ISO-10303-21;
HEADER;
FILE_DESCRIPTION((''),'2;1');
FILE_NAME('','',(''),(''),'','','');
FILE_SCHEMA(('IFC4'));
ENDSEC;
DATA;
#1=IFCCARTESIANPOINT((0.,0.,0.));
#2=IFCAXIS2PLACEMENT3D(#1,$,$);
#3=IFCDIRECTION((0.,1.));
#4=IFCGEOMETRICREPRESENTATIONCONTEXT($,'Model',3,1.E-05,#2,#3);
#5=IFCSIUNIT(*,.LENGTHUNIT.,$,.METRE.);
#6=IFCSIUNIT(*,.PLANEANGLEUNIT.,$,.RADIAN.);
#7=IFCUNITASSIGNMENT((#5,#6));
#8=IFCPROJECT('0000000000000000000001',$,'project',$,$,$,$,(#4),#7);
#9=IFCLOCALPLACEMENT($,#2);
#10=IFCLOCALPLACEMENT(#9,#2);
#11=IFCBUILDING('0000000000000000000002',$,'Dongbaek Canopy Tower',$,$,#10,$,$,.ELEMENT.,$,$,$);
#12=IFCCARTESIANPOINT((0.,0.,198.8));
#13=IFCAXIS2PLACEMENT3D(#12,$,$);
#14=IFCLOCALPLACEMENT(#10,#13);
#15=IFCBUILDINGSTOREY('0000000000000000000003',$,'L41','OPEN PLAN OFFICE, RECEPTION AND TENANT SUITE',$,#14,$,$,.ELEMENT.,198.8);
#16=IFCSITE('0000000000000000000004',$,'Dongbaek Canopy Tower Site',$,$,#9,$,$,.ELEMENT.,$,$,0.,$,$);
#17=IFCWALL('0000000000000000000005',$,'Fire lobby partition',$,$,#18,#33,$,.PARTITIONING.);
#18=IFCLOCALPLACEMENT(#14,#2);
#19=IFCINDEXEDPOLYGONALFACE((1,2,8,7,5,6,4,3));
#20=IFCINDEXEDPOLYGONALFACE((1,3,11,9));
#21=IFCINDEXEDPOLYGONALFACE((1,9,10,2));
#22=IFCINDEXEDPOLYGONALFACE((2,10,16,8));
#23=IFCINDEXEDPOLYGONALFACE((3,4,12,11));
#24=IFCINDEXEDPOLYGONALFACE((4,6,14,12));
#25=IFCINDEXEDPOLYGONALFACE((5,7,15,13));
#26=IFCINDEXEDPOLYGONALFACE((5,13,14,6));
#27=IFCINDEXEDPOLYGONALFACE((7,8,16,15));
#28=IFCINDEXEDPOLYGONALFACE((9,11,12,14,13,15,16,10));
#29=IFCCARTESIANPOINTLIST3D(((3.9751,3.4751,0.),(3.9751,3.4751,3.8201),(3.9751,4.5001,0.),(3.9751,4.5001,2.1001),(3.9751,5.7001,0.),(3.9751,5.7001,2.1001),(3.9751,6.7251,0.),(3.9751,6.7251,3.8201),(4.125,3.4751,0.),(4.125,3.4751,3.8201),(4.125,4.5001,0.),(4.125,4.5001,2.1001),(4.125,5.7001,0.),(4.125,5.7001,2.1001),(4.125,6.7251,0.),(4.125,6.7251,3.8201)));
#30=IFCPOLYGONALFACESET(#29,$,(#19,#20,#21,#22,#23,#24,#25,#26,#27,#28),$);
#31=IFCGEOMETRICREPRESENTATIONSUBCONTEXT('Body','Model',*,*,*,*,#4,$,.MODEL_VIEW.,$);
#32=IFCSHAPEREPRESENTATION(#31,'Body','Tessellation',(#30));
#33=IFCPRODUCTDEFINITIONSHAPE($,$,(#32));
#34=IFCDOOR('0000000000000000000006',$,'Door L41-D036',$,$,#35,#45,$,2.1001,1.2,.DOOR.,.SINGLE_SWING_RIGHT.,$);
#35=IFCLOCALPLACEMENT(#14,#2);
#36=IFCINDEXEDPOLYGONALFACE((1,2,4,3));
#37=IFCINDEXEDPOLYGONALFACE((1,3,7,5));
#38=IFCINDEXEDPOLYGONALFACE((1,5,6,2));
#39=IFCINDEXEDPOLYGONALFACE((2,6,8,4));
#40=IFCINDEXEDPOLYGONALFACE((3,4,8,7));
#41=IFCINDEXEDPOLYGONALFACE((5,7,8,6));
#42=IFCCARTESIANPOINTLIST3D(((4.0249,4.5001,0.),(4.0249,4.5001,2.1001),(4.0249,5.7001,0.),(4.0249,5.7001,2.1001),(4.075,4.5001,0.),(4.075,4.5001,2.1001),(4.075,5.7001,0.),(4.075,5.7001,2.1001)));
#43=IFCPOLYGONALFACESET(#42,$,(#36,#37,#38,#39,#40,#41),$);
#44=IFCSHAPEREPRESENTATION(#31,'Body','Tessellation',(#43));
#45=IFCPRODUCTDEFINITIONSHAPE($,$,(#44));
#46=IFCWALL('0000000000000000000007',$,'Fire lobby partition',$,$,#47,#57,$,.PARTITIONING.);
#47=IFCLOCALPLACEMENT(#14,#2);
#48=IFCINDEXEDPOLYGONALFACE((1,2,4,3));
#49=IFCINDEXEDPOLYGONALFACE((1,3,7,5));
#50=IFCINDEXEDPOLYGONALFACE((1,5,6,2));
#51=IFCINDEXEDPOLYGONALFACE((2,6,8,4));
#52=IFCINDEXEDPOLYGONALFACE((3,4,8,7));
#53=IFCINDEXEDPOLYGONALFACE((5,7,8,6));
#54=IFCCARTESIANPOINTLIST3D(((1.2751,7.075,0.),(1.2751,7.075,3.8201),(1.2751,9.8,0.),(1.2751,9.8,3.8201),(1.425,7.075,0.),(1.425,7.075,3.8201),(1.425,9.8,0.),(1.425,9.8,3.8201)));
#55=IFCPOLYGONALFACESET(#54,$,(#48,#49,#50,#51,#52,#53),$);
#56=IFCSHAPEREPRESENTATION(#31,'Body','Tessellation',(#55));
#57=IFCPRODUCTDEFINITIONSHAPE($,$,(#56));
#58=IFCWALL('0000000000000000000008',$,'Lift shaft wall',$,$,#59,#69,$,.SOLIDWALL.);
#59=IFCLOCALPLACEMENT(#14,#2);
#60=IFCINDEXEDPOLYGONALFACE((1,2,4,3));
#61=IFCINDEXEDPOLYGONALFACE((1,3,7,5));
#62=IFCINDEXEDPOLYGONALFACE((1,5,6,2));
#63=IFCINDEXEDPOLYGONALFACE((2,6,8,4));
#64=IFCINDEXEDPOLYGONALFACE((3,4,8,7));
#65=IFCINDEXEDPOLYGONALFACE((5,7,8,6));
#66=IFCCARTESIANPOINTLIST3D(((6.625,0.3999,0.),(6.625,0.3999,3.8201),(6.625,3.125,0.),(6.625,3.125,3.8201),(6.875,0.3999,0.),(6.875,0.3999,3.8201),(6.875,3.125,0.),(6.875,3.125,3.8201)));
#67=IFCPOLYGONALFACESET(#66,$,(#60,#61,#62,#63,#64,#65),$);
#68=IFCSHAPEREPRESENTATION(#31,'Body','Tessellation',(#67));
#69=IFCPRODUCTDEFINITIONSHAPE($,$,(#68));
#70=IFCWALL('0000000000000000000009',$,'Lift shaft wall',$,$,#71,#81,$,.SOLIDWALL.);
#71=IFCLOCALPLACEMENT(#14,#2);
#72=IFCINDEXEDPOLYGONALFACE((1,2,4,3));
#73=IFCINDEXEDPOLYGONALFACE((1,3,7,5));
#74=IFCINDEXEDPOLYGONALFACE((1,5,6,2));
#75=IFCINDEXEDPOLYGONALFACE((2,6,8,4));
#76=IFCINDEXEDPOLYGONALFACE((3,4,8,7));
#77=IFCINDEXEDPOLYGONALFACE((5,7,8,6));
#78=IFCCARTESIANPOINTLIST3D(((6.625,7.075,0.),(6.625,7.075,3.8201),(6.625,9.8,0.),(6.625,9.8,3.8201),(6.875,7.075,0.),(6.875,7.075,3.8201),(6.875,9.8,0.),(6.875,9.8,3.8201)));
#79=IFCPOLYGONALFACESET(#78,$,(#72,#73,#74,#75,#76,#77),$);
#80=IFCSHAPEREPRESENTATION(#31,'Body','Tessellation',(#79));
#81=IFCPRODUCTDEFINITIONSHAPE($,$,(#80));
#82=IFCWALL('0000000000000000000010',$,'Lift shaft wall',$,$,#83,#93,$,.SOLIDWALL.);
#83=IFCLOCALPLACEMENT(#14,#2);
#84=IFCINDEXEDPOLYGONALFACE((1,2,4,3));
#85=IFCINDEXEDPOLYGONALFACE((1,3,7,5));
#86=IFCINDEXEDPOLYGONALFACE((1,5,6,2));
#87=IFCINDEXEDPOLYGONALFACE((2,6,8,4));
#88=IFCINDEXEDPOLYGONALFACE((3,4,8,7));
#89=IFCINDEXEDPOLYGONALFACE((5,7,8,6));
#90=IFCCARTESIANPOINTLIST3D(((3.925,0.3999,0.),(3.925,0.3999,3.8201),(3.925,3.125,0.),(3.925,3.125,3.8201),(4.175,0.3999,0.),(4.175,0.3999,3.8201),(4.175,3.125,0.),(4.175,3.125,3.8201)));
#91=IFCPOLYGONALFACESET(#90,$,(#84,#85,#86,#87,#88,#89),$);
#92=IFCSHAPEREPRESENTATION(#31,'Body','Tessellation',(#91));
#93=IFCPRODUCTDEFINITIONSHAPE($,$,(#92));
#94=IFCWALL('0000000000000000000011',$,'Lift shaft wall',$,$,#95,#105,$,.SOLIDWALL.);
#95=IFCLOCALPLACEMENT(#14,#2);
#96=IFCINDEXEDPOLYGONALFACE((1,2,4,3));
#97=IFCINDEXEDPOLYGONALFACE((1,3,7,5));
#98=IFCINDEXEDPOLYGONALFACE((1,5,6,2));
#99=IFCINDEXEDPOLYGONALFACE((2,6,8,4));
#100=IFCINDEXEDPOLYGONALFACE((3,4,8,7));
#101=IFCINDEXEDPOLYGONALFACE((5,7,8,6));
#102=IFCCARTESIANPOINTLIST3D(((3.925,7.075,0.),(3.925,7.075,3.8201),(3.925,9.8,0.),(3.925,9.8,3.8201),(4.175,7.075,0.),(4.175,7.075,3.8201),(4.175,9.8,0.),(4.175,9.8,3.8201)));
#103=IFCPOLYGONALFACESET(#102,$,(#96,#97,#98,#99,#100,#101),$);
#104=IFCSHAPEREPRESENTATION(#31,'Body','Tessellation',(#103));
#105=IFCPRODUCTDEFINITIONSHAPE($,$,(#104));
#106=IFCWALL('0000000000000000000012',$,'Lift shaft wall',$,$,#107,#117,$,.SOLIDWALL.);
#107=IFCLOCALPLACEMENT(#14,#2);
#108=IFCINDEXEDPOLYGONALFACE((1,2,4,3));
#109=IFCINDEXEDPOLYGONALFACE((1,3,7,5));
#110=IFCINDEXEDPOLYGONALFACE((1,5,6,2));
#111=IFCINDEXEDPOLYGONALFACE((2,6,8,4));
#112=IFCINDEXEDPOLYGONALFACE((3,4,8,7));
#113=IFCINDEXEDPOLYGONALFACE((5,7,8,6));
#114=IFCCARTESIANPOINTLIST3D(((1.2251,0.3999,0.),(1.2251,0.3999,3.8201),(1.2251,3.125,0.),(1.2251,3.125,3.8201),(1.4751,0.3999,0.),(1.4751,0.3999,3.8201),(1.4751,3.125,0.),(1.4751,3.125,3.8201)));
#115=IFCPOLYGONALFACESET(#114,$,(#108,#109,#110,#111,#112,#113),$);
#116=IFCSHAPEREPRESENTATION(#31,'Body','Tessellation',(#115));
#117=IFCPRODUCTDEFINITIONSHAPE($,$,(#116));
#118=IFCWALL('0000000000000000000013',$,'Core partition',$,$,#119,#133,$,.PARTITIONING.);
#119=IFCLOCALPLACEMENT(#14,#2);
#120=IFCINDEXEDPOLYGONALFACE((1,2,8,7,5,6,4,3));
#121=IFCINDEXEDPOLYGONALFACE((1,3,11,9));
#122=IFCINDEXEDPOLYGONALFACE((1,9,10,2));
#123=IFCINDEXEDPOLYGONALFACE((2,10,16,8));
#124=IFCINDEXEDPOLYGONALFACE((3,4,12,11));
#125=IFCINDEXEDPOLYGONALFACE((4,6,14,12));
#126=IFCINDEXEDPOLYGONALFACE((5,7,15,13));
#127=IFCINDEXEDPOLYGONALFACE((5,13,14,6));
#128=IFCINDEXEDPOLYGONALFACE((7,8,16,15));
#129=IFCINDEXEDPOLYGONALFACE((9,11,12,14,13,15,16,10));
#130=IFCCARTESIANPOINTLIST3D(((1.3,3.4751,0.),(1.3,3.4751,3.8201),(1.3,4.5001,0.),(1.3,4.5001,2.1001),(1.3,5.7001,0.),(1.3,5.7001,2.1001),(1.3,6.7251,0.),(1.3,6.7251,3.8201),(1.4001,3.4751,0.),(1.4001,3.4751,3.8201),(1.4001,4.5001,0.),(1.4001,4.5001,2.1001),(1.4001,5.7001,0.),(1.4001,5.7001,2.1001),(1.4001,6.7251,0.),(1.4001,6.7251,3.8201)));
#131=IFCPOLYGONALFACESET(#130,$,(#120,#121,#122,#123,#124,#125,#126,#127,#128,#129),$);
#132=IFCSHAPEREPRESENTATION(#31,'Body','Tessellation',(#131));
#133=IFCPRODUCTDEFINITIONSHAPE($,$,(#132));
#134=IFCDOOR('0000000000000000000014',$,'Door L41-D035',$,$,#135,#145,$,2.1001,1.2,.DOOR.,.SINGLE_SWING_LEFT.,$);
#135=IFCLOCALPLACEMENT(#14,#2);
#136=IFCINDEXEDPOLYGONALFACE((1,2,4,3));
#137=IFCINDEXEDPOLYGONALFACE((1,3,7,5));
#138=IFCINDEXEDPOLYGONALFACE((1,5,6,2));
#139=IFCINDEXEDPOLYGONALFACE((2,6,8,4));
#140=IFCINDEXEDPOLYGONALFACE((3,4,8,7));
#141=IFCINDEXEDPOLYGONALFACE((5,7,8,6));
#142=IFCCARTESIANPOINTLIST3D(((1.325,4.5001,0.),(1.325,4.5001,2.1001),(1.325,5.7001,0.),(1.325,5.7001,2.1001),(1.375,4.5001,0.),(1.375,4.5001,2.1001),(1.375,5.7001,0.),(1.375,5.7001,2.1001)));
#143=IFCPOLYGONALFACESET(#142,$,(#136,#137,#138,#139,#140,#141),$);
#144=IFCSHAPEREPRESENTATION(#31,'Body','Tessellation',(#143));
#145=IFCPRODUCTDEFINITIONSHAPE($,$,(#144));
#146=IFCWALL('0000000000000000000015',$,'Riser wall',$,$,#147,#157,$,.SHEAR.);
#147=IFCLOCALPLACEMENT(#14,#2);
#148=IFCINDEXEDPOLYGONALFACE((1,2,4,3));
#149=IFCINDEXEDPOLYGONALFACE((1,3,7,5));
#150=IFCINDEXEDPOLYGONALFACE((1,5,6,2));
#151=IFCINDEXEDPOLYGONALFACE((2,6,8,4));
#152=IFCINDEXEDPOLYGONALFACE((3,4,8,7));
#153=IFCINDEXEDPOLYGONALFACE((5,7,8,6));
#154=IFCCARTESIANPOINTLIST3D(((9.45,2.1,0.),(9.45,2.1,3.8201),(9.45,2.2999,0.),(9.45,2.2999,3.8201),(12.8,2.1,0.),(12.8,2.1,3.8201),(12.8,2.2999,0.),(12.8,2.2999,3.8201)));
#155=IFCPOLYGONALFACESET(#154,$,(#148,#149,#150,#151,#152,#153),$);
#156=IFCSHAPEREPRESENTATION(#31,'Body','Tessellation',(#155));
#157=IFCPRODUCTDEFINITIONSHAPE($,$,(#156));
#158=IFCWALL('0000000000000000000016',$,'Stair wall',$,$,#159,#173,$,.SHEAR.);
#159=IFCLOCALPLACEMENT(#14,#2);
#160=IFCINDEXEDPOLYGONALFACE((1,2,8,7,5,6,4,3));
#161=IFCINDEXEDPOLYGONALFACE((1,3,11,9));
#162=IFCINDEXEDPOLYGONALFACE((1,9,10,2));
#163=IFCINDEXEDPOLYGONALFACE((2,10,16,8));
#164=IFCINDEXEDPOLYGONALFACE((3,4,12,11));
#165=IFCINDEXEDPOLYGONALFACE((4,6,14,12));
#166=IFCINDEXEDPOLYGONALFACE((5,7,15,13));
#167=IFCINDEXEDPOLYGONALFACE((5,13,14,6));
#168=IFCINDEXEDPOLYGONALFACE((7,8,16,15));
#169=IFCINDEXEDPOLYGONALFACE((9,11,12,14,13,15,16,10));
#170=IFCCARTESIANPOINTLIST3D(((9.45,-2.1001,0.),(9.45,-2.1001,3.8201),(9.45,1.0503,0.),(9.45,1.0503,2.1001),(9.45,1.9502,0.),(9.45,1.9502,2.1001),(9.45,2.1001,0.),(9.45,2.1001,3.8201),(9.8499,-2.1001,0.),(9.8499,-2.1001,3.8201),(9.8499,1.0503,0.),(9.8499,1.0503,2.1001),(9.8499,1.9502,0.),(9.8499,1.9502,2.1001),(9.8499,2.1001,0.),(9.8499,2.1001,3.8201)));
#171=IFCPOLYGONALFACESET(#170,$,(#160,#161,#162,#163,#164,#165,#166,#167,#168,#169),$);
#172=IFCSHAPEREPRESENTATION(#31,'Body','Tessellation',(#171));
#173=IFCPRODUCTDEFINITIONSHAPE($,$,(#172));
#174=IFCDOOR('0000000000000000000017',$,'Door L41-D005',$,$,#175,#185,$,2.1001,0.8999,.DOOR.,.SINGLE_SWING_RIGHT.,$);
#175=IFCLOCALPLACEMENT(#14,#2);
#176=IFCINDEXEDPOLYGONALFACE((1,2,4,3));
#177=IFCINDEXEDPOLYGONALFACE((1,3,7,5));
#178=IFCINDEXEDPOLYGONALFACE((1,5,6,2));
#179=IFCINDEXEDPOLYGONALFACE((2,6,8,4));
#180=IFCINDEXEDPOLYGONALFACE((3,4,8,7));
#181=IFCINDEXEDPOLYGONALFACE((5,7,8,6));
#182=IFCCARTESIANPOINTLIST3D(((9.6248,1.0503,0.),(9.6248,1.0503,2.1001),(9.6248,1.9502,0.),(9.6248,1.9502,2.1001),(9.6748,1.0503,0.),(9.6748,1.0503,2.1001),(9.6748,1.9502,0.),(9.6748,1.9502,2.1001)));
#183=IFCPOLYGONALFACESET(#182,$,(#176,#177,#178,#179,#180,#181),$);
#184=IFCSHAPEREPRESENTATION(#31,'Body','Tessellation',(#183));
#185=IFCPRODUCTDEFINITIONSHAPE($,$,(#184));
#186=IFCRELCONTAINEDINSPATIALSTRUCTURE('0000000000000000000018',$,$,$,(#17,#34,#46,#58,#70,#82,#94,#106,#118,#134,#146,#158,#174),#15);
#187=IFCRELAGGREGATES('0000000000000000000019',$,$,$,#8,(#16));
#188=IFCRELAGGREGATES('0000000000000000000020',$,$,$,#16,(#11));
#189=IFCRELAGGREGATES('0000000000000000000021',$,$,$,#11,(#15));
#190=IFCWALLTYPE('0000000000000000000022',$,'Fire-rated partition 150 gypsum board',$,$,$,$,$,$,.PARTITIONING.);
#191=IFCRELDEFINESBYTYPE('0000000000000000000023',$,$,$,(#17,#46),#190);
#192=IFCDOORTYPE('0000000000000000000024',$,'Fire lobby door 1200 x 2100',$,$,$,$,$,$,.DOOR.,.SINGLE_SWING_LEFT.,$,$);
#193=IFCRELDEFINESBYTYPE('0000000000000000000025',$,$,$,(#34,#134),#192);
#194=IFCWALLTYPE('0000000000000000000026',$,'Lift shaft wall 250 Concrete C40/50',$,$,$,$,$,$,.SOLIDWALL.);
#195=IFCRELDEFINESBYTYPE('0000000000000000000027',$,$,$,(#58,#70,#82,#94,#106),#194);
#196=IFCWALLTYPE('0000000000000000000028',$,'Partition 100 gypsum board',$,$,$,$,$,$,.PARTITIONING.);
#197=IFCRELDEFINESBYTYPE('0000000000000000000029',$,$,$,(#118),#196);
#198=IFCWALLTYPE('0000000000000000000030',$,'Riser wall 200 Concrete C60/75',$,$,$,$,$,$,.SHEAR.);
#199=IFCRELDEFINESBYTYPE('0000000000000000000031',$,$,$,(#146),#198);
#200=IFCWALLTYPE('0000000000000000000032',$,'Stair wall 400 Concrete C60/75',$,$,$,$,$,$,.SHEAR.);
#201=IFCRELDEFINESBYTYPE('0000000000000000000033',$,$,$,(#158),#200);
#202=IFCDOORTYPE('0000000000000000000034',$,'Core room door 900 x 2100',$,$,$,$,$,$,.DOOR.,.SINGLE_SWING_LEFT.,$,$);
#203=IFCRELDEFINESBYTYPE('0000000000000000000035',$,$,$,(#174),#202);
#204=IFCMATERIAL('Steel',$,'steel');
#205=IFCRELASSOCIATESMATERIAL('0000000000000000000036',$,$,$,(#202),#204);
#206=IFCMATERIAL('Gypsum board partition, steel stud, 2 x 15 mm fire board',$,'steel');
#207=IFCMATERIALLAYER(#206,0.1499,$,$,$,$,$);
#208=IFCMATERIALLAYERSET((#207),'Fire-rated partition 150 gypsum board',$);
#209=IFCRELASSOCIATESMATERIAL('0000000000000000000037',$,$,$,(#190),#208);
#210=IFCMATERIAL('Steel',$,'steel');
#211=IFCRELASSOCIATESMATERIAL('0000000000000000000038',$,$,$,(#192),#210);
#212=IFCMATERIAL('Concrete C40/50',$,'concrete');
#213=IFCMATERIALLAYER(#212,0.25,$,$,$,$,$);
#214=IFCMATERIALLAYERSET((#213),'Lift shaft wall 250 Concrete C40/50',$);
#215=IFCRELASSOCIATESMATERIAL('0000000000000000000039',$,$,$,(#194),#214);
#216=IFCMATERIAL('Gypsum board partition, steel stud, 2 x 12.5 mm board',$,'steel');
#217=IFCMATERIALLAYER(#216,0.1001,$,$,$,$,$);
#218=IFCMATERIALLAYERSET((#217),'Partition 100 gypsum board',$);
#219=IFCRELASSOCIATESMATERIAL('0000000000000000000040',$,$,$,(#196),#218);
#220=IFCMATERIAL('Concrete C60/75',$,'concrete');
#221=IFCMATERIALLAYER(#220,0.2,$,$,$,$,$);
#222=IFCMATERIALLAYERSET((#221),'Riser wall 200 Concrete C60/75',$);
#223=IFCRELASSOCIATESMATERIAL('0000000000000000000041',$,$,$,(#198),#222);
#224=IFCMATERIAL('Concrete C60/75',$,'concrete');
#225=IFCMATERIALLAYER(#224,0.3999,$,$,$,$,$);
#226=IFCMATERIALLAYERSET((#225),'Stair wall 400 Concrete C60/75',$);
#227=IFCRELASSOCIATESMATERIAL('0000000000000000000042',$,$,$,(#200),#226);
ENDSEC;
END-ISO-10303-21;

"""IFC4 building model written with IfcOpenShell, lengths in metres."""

from ifc_helpers import new_model, si_unit, direction, frame, frame_2d, origin, place, context, subcontext, project, spatial, rectangle, extrude, material, layer, layer_set, type_object, element, fill, save


model = new_model("IFC4")

# Units and contexts
model_context = context("Model", 3, precision=1e-05, world=origin(), true_north=direction((0.0, 1.0)))
body_context = subcontext(model_context, "Body", "Model", "MODEL_VIEW")
ifc_project = project(units=[si_unit("LENGTHUNIT", "METRE"), si_unit("PLANEANGLEUNIT", "RADIAN")], contexts=[model_context])

# Site, building, storey
site_placement = place(None, origin())
site = spatial("IfcSite", under=ifc_project, at=site_placement, Name="Dongbaek Canopy Tower Site", CompositionType="ELEMENT", RefElevation=0.0)
building_placement = place(site_placement, origin())
building = spatial("IfcBuilding", under=site, at=building_placement, Name="Dongbaek Canopy Tower", CompositionType="ELEMENT")
storey_placement = place(building_placement, frame((0.0, 0.0, 198.8)))
storey = spatial("IfcBuildingStorey", under=building, at=storey_placement, Name="L41", Description="OPEN PLAN OFFICE, RECEPTION AND TENANT SUITE", CompositionType="ELEMENT", Elevation=198.8)

# Shared definitions
ifc_material_1 = material(Name="Steel", Category="steel")
door_type_1 = type_object("IfcDoorType", Name="Core room door 900 x 2100", OperationType="SINGLE_SWING_LEFT", PredefinedType="DOOR", material=ifc_material_1)

# Wall, opening, door
ifc_material_2 = material(Name="Gypsum board partition, steel stud, 2 x 15 mm fire board", Category="steel")
ifc_layer_1 = layer(ifc_material_2, 0.1499)
ifc_layer_set_1 = layer_set([ifc_layer_1], Name="Fire-rated partition 150 gypsum board")
wall_type_1 = type_object("IfcWallType", Name="Fire-rated partition 150 gypsum board", PredefinedType="PARTITIONING", material=ifc_layer_set_1)
wall_1_placement = place(storey_placement, frame((4.05, 6.7251, 0.0), z_axis=(0.0, 0.0, 1.0), x_axis=(0.0, -1.0, 0.0)))
wall_1 = element("IfcWall", 1, at=wall_1_placement, inside=storey, type_object=wall_type_1, Name="Fire lobby partition", PredefinedType="PARTITIONING", context=body_context, shape_type="SweptSolid", body=[
    extrude(rectangle(XDim=3.25, YDim=0.1499, at=frame_2d((1.625, 0.0))), origin(), (0.0, 0.0, 1.0), 3.8201),
])
opening_1_placement = place(wall_1_placement, frame((1.0249, 0.0, 0.0)))
opening_1 = element("IfcOpeningElement", 2, at=opening_1_placement, cuts=wall_1, PredefinedType="OPENING", context=body_context, shape_type="SweptSolid", body=[
    extrude(rectangle(XDim=1.2, YDim=2.1001, at=frame_2d((0.6001, 1.05))), frame((0.0, 0.085, 0.0), z_axis=(0.0, -1.0, 0.0), x_axis=(1.0, 0.0, 0.0)), (0.0, 0.0, 1.0), 0.1699),
])
ifc_material_3 = material(Name="Steel", Category="steel")
door_type_2 = type_object("IfcDoorType", Name="Fire lobby door 1200 x 2100", OperationType="SINGLE_SWING_LEFT", PredefinedType="DOOR", material=ifc_material_3)
door_1_placement = place(opening_1_placement, origin())
door_1 = element("IfcDoor", 3, at=door_1_placement, inside=storey, type_object=door_type_2, Name="Door L41-D036", OperationType="SINGLE_SWING_RIGHT", OverallHeight=2.1001, OverallWidth=1.2, PredefinedType="DOOR", context=body_context, shape_type="SweptSolid", body=[
    extrude(rectangle(XDim=1.2, YDim=2.1001, at=frame_2d((0.6001, 1.05))), frame((0.0, 0.0249, 0.0), z_axis=(0.0, -1.0, 0.0), x_axis=(1.0, 0.0, 0.0)), (0.0, 0.0, 1.0), 0.05),
])
fill(opening_1, door_1)

# Walls
wall_2_placement = place(storey_placement, frame((1.3501, 7.075, 0.0), z_axis=(0.0, 0.0, 1.0), x_axis=(0.0, 1.0, 0.0)))
element("IfcWall", 4, at=wall_2_placement, inside=storey, type_object=wall_type_1, Name="Fire lobby partition", PredefinedType="PARTITIONING", context=body_context, shape_type="SweptSolid", body=[
    extrude(rectangle(XDim=2.7251, YDim=0.1499, at=frame_2d((1.3625, 0.0))), origin(), (0.0, 0.0, 1.0), 3.8201),
])
ifc_material_4 = material(Name="Concrete C40/50", Category="concrete")
ifc_layer_2 = layer(ifc_material_4, 0.25)
ifc_layer_set_2 = layer_set([ifc_layer_2], Name="Lift shaft wall 250 Concrete C40/50")
wall_type_2 = type_object("IfcWallType", Name="Lift shaft wall 250 Concrete C40/50", PredefinedType="SOLIDWALL", material=ifc_layer_set_2)
for number, where, z_axis, x_axis, name in (
    (5, (6.75, 0.3999, 0.0), (0.0, 0.0, 1.0), (0.0, 1.0, 0.0), "Lift shaft wall"),
    (6, (6.75, 7.075, 0.0), (0.0, 0.0, 1.0), (0.0, 1.0, 0.0), "Lift shaft wall"),
    (7, (4.05, 0.3999, 0.0), (0.0, 0.0, 1.0), (0.0, 1.0, 0.0), "Lift shaft wall"),
    (8, (4.05, 7.075, 0.0), (0.0, 0.0, 1.0), (0.0, 1.0, 0.0), "Lift shaft wall"),
    (9, (1.3501, 0.3999, 0.0), (0.0, 0.0, 1.0), (0.0, 1.0, 0.0), "Lift shaft wall"),
):
    element("IfcWall", number, at=place(storey_placement, frame(where, z_axis=z_axis, x_axis=x_axis)), inside=storey, type_object=wall_type_2, Name=name, PredefinedType="SOLIDWALL", context=body_context, shape_type="SweptSolid", body=[
        extrude(rectangle(XDim=2.7251, YDim=0.25, at=frame_2d((1.3625, 0.0))), origin(), (0.0, 0.0, 1.0), 3.8201),
    ])

# Wall, opening, door
ifc_material_5 = material(Name="Gypsum board partition, steel stud, 2 x 12.5 mm board", Category="steel")
ifc_layer_3 = layer(ifc_material_5, 0.1001)
ifc_layer_set_3 = layer_set([ifc_layer_3], Name="Partition 100 gypsum board")
wall_type_3 = type_object("IfcWallType", Name="Partition 100 gypsum board", PredefinedType="PARTITIONING", material=ifc_layer_set_3)
wall_3_placement = place(storey_placement, frame((1.3501, 6.7251, 0.0), z_axis=(0.0, 0.0, 1.0), x_axis=(0.0, -1.0, 0.0)))
wall_3 = element("IfcWall", 10, at=wall_3_placement, inside=storey, type_object=wall_type_3, Name="Core partition", PredefinedType="PARTITIONING", context=body_context, shape_type="SweptSolid", body=[
    extrude(rectangle(XDim=3.25, YDim=0.1001, at=frame_2d((1.625, 0.0))), origin(), (0.0, 0.0, 1.0), 3.8201),
])
opening_2_placement = place(wall_3_placement, frame((1.0249, 0.0, 0.0)))
opening_2 = element("IfcOpeningElement", 11, at=opening_2_placement, cuts=wall_3, PredefinedType="OPENING", context=body_context, shape_type="SweptSolid", body=[
    extrude(rectangle(XDim=1.2, YDim=2.1001, at=frame_2d((0.6001, 1.05))), frame((0.0, 0.0601, 0.0), z_axis=(0.0, -1.0, 0.0), x_axis=(1.0, 0.0, 0.0)), (0.0, 0.0, 1.0), 0.1201),
])
door_2_placement = place(opening_2_placement, origin())
door_2 = element("IfcDoor", 12, at=door_2_placement, inside=storey, type_object=door_type_2, Name="Door L41-D035", OperationType="SINGLE_SWING_LEFT", OverallHeight=2.1001, OverallWidth=1.2, PredefinedType="DOOR", context=body_context, shape_type="SweptSolid", body=[
    extrude(rectangle(XDim=1.2, YDim=2.1001, at=frame_2d((0.6001, 1.05))), frame((0.0, 0.0249, 0.0), z_axis=(0.0, -1.0, 0.0), x_axis=(1.0, 0.0, 0.0)), (0.0, 0.0, 1.0), 0.05),
])
fill(opening_2, door_2)

# Wall
ifc_material_6 = material(Name="Concrete C60/75", Category="concrete")
ifc_layer_4 = layer(ifc_material_6, 0.2)
ifc_layer_set_4 = layer_set([ifc_layer_4], Name="Riser wall 200 Concrete C60/75")
wall_type_4 = type_object("IfcWallType", Name="Riser wall 200 Concrete C60/75", PredefinedType="SHEAR", material=ifc_layer_set_4)
wall_4_placement = place(storey_placement, frame((9.45, 2.2, 0.0), z_axis=(0.0, 0.0, 1.0), x_axis=(1.0, 0.0, 0.0)))
element("IfcWall", 13, at=wall_4_placement, inside=storey, type_object=wall_type_4, Name="Riser wall", PredefinedType="SHEAR", context=body_context, shape_type="SweptSolid", body=[
    extrude(rectangle(XDim=3.3501, YDim=0.2, at=frame_2d((1.675, 0.0))), origin(), (0.0, 0.0, 1.0), 3.8201),
])

# Wall, opening, door
ifc_material_7 = material(Name="Concrete C60/75", Category="concrete")
ifc_layer_5 = layer(ifc_material_7, 0.3999)
ifc_layer_set_5 = layer_set([ifc_layer_5], Name="Stair wall 400 Concrete C60/75")
wall_type_5 = type_object("IfcWallType", Name="Stair wall 400 Concrete C60/75", PredefinedType="SHEAR", material=ifc_layer_set_5)
wall_5_placement = place(storey_placement, frame((9.6499, 2.1001, 0.0), z_axis=(0.0, 0.0, 1.0), x_axis=(0.0, -1.0, 0.0)))
wall_5 = element("IfcWall", 14, at=wall_5_placement, inside=storey, type_object=wall_type_5, Name="Stair wall", PredefinedType="SHEAR", context=body_context, shape_type="SweptSolid", body=[
    extrude(rectangle(XDim=4.2002, YDim=0.3999, at=frame_2d((2.1001, 0.0))), origin(), (0.0, 0.0, 1.0), 3.8201),
])
opening_3_placement = place(wall_5_placement, frame((0.1499, 0.0, 0.0)))
opening_3 = element("IfcOpeningElement", 15, at=opening_3_placement, cuts=wall_5, PredefinedType="OPENING", context=body_context, shape_type="SweptSolid", body=[
    extrude(rectangle(XDim=0.8999, YDim=2.1001, at=frame_2d((0.45, 1.05))), frame((0.0, 0.21, 0.0), z_axis=(0.0, -1.0, 0.0), x_axis=(1.0, 0.0, 0.0)), (0.0, 0.0, 1.0), 0.4199),
])
door_3_placement = place(opening_3_placement, origin())
door_3 = element("IfcDoor", 16, at=door_3_placement, inside=storey, type_object=door_type_1, Name="Door L41-D005", OperationType="SINGLE_SWING_RIGHT", OverallHeight=2.1001, OverallWidth=0.8999, PredefinedType="DOOR", context=body_context, shape_type="SweptSolid", body=[
    extrude(rectangle(XDim=0.8999, YDim=2.1001, at=frame_2d((0.45, 1.05))), frame((0.0, 0.0249, 0.0), z_axis=(0.0, -1.0, 0.0), x_axis=(1.0, 0.0, 0.0)), (0.0, 0.0, 1.0), 0.05),
])
fill(opening_3, door_3)

save(model, "model.ifc")
